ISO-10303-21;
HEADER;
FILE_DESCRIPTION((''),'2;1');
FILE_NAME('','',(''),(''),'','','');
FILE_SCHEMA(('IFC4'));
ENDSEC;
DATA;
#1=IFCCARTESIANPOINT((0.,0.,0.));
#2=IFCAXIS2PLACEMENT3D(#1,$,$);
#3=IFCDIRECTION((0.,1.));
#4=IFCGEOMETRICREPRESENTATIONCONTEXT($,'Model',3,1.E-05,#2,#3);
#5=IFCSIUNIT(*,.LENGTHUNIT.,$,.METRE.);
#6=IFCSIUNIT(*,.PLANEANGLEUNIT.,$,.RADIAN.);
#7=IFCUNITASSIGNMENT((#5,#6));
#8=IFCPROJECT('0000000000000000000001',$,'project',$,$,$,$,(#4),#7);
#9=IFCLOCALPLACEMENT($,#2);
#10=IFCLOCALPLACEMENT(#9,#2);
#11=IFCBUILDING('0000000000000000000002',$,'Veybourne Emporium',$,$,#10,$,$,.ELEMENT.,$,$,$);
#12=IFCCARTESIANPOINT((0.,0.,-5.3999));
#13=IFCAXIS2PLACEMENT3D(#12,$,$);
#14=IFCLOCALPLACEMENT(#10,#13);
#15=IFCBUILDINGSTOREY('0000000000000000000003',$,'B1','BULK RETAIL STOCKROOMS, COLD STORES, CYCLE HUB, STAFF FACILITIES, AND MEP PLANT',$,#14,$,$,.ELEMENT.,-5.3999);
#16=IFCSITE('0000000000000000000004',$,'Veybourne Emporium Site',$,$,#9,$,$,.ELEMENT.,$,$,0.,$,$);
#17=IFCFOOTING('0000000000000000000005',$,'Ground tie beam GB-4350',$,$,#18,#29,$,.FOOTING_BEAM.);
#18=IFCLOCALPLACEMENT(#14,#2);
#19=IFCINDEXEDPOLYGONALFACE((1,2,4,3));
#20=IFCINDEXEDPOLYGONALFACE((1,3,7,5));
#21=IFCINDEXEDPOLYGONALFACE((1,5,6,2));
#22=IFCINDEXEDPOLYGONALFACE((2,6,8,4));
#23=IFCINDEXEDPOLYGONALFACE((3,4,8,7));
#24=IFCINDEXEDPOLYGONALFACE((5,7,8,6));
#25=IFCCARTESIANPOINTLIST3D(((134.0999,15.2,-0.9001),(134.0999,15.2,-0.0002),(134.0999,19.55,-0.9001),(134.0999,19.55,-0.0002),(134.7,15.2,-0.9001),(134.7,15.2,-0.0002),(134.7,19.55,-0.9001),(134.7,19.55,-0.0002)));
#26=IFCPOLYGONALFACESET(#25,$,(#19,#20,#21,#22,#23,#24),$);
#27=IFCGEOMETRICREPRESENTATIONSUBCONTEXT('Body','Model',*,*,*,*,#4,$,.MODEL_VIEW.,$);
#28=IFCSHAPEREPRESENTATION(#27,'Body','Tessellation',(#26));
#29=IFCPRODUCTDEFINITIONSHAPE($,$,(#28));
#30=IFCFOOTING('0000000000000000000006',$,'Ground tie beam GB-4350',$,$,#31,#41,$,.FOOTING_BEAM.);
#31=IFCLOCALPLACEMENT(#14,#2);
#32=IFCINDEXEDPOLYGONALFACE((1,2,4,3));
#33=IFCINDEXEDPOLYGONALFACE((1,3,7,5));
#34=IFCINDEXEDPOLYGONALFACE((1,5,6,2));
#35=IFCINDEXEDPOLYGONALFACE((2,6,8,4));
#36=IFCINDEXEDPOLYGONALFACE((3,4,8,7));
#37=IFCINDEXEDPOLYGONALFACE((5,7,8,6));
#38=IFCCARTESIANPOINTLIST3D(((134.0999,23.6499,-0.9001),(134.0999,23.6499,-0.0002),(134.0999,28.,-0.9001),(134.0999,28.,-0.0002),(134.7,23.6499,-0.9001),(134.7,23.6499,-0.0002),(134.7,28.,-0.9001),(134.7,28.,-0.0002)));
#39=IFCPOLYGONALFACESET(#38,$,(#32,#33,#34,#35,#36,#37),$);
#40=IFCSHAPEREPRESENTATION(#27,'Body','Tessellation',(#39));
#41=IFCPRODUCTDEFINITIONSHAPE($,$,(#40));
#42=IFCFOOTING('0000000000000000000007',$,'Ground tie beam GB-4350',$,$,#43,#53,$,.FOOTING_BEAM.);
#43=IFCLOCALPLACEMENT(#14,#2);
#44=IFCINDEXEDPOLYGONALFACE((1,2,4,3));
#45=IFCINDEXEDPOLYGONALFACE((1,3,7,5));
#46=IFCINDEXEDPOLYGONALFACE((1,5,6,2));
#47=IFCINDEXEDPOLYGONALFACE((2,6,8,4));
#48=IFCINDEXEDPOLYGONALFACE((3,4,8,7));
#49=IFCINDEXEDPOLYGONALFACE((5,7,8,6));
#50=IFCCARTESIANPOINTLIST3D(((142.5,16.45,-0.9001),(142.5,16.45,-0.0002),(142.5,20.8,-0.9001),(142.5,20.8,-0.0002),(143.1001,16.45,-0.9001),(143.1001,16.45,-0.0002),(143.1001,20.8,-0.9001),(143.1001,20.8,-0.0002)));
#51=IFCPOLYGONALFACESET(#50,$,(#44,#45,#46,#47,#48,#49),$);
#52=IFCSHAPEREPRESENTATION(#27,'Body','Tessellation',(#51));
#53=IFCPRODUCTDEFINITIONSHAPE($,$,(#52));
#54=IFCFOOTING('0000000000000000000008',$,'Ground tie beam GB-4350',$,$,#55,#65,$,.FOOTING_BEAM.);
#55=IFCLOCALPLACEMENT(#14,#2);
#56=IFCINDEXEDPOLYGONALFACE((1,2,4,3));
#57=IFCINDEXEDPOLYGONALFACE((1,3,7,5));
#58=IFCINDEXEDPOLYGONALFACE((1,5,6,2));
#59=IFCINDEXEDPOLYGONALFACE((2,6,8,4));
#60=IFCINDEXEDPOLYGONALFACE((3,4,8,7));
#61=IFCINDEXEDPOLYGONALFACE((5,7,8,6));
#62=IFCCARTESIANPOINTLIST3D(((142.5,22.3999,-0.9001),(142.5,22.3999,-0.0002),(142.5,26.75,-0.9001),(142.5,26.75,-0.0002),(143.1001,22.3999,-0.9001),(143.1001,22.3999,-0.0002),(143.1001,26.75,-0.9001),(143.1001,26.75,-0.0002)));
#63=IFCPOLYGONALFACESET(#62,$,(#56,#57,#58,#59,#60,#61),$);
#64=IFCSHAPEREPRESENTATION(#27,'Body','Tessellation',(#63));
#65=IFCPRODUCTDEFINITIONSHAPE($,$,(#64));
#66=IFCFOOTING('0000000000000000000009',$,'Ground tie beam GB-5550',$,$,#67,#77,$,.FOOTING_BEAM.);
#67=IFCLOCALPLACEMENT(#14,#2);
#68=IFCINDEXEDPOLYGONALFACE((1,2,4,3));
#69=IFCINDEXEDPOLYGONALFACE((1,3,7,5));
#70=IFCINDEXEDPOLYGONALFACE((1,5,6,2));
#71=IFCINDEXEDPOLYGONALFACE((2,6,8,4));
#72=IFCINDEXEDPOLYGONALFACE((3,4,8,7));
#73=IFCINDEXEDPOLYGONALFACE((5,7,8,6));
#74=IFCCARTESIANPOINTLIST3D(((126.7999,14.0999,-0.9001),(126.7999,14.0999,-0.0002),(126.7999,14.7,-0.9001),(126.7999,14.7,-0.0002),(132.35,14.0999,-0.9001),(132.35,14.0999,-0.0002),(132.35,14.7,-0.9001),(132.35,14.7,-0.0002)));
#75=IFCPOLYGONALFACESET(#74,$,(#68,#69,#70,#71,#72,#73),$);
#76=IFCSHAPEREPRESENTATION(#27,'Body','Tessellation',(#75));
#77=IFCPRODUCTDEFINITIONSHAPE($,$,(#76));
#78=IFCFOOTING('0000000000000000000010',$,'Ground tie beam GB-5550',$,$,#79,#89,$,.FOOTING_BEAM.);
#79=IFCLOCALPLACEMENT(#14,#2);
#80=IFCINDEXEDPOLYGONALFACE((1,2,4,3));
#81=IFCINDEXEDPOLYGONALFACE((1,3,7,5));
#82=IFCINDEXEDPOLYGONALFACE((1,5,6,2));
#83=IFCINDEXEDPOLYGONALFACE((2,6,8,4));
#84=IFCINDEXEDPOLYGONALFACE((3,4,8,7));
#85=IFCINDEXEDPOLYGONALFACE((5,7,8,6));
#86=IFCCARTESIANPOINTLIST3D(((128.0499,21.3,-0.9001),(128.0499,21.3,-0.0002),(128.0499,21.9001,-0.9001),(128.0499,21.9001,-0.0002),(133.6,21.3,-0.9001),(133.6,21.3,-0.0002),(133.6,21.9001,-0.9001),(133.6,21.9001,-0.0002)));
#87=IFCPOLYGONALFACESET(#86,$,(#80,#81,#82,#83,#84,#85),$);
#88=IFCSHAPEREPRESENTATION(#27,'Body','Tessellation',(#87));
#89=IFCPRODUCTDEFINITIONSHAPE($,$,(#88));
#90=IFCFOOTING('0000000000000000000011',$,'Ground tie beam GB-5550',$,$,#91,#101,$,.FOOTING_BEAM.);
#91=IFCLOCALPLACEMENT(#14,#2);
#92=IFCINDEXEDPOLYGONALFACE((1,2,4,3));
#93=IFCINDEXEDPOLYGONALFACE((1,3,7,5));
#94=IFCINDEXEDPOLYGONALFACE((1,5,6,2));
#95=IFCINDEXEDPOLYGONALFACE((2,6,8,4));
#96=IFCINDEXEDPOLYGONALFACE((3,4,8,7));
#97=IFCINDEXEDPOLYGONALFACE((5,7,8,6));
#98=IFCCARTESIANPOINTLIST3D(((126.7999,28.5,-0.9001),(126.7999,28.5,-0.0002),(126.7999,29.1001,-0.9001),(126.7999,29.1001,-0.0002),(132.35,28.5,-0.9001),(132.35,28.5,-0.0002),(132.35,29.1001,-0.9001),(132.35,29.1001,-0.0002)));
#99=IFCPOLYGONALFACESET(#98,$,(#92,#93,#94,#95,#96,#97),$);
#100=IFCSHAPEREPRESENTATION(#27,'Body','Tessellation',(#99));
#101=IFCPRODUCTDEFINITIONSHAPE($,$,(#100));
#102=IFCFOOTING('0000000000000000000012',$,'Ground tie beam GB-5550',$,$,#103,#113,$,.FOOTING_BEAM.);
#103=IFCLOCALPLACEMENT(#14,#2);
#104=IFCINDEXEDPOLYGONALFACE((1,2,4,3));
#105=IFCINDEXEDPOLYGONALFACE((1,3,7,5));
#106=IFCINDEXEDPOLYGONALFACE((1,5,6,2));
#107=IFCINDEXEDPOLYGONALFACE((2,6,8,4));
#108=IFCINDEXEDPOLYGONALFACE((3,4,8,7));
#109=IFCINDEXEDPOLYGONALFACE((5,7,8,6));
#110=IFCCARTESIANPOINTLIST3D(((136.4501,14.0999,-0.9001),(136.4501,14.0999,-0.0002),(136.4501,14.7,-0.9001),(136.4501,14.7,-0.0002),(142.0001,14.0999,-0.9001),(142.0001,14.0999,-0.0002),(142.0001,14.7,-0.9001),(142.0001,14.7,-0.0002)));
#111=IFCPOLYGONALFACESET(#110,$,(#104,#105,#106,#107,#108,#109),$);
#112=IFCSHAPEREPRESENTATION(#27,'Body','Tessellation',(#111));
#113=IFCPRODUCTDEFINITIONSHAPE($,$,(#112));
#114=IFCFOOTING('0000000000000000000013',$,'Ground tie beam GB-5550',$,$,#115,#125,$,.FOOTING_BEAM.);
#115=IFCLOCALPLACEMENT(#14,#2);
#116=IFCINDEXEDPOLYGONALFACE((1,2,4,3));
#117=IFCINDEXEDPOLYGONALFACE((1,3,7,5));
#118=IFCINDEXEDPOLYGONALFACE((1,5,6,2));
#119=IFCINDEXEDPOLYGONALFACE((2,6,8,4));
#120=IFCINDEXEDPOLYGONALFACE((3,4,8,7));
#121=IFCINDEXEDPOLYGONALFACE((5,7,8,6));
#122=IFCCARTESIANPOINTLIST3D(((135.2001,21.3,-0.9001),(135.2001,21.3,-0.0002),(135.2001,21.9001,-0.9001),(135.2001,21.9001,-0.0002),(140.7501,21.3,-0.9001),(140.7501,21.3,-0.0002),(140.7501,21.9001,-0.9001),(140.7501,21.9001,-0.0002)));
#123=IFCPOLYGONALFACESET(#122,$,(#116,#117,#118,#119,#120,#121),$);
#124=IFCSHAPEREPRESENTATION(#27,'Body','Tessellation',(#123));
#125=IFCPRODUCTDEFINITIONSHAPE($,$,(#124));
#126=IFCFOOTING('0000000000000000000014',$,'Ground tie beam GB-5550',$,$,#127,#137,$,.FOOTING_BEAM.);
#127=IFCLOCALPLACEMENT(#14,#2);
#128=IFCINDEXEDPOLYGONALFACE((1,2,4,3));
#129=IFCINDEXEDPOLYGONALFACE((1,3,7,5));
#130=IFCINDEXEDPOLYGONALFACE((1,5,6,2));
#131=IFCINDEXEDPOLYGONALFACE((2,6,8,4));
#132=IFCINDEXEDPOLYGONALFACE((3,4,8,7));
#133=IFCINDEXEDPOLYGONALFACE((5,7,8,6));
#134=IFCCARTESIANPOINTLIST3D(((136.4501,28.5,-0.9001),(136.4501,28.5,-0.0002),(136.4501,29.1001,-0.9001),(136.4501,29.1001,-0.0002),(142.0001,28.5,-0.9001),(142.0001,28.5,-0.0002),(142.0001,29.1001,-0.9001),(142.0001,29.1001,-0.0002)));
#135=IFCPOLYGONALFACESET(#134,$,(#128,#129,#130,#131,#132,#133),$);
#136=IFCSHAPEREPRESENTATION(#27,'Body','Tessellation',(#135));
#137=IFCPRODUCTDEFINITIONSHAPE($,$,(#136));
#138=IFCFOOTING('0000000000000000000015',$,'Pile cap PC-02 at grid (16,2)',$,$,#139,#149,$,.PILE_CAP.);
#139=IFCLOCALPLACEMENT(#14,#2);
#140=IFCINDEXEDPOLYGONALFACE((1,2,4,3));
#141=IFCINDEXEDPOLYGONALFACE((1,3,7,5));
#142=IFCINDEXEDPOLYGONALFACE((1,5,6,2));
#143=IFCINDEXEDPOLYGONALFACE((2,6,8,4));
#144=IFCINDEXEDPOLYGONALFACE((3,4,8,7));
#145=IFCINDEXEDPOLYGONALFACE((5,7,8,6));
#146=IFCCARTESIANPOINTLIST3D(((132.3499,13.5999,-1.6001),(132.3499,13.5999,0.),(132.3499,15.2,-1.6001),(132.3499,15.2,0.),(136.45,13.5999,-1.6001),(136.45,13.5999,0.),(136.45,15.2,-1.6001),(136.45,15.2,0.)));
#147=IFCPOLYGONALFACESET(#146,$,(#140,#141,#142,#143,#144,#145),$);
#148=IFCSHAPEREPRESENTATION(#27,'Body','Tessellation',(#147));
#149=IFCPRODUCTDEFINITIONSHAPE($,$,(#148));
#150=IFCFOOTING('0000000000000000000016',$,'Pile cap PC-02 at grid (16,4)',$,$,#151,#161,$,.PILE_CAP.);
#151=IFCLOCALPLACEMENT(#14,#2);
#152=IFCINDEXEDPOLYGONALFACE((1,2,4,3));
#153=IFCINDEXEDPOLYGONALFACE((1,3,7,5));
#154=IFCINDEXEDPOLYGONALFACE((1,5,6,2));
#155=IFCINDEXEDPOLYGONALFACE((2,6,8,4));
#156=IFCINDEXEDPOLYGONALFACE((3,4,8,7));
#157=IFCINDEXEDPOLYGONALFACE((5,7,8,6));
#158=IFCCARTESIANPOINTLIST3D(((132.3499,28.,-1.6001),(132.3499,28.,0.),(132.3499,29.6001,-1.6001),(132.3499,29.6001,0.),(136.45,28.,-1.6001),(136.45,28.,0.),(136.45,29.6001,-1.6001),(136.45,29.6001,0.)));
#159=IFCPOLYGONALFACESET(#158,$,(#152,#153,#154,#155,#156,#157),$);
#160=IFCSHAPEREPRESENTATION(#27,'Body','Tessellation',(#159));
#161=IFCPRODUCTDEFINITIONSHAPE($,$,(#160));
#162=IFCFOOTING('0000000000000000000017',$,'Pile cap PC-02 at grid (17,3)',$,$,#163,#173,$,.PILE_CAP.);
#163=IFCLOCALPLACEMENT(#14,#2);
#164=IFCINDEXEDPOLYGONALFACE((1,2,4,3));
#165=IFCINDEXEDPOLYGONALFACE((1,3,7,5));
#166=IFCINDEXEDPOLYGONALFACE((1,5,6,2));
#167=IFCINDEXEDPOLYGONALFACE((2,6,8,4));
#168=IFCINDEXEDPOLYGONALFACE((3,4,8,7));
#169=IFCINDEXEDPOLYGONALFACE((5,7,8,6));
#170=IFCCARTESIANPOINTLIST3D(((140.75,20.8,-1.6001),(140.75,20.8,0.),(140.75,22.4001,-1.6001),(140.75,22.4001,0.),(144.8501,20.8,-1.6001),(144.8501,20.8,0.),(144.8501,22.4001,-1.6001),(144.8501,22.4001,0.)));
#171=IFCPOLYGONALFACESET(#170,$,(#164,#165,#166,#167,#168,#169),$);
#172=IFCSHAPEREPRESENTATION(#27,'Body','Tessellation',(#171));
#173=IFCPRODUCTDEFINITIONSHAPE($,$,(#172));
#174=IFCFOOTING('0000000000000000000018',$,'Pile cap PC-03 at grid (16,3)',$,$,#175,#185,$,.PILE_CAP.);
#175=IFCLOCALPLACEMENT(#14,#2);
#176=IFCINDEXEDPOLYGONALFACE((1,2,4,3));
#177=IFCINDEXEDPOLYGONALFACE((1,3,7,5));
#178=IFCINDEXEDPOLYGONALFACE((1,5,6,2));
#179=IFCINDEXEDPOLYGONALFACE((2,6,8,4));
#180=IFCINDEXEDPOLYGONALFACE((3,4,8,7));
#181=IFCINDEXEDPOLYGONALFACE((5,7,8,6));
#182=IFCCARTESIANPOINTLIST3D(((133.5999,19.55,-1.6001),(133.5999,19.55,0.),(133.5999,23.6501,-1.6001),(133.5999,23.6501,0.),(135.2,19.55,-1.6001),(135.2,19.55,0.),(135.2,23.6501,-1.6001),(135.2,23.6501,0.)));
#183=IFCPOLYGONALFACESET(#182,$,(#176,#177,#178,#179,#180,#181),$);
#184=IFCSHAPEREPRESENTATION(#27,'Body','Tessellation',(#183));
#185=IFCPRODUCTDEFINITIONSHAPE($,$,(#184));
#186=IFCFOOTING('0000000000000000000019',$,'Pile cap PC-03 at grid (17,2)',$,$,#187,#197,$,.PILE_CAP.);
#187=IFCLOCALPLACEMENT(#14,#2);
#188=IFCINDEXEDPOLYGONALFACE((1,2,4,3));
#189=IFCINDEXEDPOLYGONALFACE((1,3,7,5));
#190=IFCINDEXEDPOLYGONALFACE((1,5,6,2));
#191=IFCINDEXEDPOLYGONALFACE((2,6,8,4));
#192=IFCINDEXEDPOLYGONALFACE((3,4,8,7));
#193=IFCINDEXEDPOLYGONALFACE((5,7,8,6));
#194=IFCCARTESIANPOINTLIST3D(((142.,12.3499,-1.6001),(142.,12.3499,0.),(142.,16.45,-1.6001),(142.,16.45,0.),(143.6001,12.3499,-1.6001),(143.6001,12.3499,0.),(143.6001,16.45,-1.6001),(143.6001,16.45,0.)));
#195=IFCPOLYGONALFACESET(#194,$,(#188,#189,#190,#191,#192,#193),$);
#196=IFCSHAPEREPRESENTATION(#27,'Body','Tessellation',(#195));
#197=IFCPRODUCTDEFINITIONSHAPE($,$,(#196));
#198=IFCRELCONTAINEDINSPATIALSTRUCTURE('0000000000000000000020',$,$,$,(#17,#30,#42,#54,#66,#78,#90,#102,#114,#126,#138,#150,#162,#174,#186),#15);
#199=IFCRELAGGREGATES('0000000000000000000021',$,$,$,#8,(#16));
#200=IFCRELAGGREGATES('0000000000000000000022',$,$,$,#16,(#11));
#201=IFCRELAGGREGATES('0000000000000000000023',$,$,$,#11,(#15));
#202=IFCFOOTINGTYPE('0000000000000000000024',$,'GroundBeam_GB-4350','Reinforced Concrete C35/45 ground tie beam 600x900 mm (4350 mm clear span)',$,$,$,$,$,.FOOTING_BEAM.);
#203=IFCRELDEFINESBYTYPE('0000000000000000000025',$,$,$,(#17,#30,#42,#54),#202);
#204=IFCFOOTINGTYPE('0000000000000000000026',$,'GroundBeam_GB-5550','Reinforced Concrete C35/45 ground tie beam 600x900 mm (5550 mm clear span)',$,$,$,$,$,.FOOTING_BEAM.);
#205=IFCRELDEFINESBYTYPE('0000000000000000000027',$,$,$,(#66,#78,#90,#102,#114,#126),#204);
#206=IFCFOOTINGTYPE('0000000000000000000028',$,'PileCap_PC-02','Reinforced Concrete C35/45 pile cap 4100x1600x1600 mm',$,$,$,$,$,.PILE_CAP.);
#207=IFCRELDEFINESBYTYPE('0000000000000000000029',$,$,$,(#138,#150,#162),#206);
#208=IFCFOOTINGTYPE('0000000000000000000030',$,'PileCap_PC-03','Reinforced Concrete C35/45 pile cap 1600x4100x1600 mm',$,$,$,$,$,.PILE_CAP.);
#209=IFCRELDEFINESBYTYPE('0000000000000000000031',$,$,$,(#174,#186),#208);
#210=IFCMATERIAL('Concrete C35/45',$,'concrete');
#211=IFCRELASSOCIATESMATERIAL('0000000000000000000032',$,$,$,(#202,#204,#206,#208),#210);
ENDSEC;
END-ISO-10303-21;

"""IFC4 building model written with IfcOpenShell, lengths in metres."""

from ifc_helpers import new_model, si_unit, direction, frame, origin, origin_2d, place, context, subcontext, project, spatial, rectangle, extrude, material, type_object, element, save


model = new_model("IFC4")

# Units and contexts
model_context = context("Model", 3, precision=1e-05, world=origin(), true_north=direction((0.0, 1.0)))
body_context = subcontext(model_context, "Body", "Model", "MODEL_VIEW")
ifc_project = project(units=[si_unit("LENGTHUNIT", "METRE"), si_unit("PLANEANGLEUNIT", "RADIAN")], contexts=[model_context])

# Site, building, storey
site_placement = place(None, origin())
site = spatial("IfcSite", under=ifc_project, at=site_placement, Name="Veybourne Emporium Site", CompositionType="ELEMENT", RefElevation=0.0)
building_placement = place(site_placement, origin())
building = spatial("IfcBuilding", under=site, at=building_placement, Name="Veybourne Emporium", CompositionType="ELEMENT")
storey_placement = place(building_placement, frame((0.0, 0.0, -5.3999)))
storey = spatial("IfcBuildingStorey", under=building, at=storey_placement, Name="B1", Description="BULK RETAIL STOCKROOMS, COLD STORES, CYCLE HUB, STAFF FACILITIES, AND MEP PLANT", CompositionType="ELEMENT", Elevation=-5.3999)

# Footings
ifc_material_1 = material(Name="Concrete C35/45", Category="concrete")
footing_type_1 = type_object("IfcFootingType", Name="GroundBeam_GB-4350", Description="Reinforced Concrete C35/45 ground tie beam 600x900 mm (4350 mm clear span)", PredefinedType="FOOTING_BEAM", material=ifc_material_1)
for number, where, z_axis, x_axis, name in (
    (1, (134.3999, 17.375, -0.9001), (0.0, 0.0, 1.0), (0.0, 1.0, 0.0), "Ground tie beam GB-4350"),
    (2, (134.3999, 25.825, -0.9001), (0.0, 0.0, 1.0), (0.0, 1.0, 0.0), "Ground tie beam GB-4350"),
    (3, (142.8, 18.625, -0.9001), (0.0, 0.0, 1.0), (0.0, 1.0, 0.0), "Ground tie beam GB-4350"),
    (4, (142.8, 24.575, -0.9001), (0.0, 0.0, 1.0), (0.0, 1.0, 0.0), "Ground tie beam GB-4350"),
):
    element("IfcFooting", number, at=place(storey_placement, frame(where, z_axis=z_axis, x_axis=x_axis)), inside=storey, type_object=footing_type_1, Name=name, PredefinedType="FOOTING_BEAM", context=body_context, shape_type="SweptSolid", body=[
        extrude(rectangle(XDim=4.3501, YDim=0.6001, at=origin_2d()), origin(), (0.0, 0.0, 1.0), 0.8999),
    ])
footing_type_2 = type_object("IfcFootingType", Name="GroundBeam_GB-5550", Description="Reinforced Concrete C35/45 ground tie beam 600x900 mm (5550 mm clear span)", PredefinedType="FOOTING_BEAM", material=ifc_material_1)
for number, where, z_axis, x_axis, name in (
    (5, (129.575, 14.3999, -0.9001), (0.0, 0.0, 1.0), (1.0, 0.0, 0.0), "Ground tie beam GB-5550"),
    (6, (130.825, 21.6001, -0.9001), (0.0, 0.0, 1.0), (1.0, 0.0, 0.0), "Ground tie beam GB-5550"),
    (7, (129.575, 28.8, -0.9001), (0.0, 0.0, 1.0), (1.0, 0.0, 0.0), "Ground tie beam GB-5550"),
    (8, (139.2251, 14.3999, -0.9001), (0.0, 0.0, 1.0), (1.0, 0.0, 0.0), "Ground tie beam GB-5550"),
    (9, (137.9751, 21.6001, -0.9001), (0.0, 0.0, 1.0), (1.0, 0.0, 0.0), "Ground tie beam GB-5550"),
    (10, (139.2251, 28.8, -0.9001), (0.0, 0.0, 1.0), (1.0, 0.0, 0.0), "Ground tie beam GB-5550"),
):
    element("IfcFooting", number, at=place(storey_placement, frame(where, z_axis=z_axis, x_axis=x_axis)), inside=storey, type_object=footing_type_2, Name=name, PredefinedType="FOOTING_BEAM", context=body_context, shape_type="SweptSolid", body=[
        extrude(rectangle(XDim=5.55, YDim=0.6001, at=origin_2d()), origin(), (0.0, 0.0, 1.0), 0.8999),
    ])
footing_type_3 = type_object("IfcFootingType", Name="PileCap_PC-02", Description="Reinforced Concrete C35/45 pile cap 4100x1600x1600 mm", PredefinedType="PILE_CAP", material=ifc_material_1)
for number, where, z_axis, x_axis, name in (
    (11, (134.3999, 14.3999, -1.6001), (0.0, 0.0, 1.0), (1.0, 0.0, 0.0), "Pile cap PC-02 at grid (16,2)"),
    (12, (134.3999, 28.8, -1.6001), (0.0, 0.0, 1.0), (1.0, 0.0, 0.0), "Pile cap PC-02 at grid (16,4)"),
    (13, (142.8, 21.6001, -1.6001), (0.0, 0.0, 1.0), (1.0, 0.0, 0.0), "Pile cap PC-02 at grid (17,3)"),
):
    element("IfcFooting", number, at=place(storey_placement, frame(where, z_axis=z_axis, x_axis=x_axis)), inside=storey, type_object=footing_type_3, Name=name, PredefinedType="PILE_CAP", context=body_context, shape_type="SweptSolid", body=[
        extrude(rectangle(XDim=4.1001, YDim=1.6001, at=origin_2d()), origin(), (0.0, 0.0, 1.0), 1.6001),
    ])
footing_type_4 = type_object("IfcFootingType", Name="PileCap_PC-03", Description="Reinforced Concrete C35/45 pile cap 1600x4100x1600 mm", PredefinedType="PILE_CAP", material=ifc_material_1)
for number, where, z_axis, x_axis, name in (
    (14, (134.3999, 21.6001, -1.6001), (0.0, 0.0, 1.0), (1.0, 0.0, 0.0), "Pile cap PC-03 at grid (16,3)"),
    (15, (142.8, 14.3999, -1.6001), (0.0, 0.0, 1.0), (1.0, 0.0, 0.0), "Pile cap PC-03 at grid (17,2)"),
):
    element("IfcFooting", number, at=place(storey_placement, frame(where, z_axis=z_axis, x_axis=x_axis)), inside=storey, type_object=footing_type_4, Name=name, PredefinedType="PILE_CAP", context=body_context, shape_type="SweptSolid", body=[
        extrude(rectangle(XDim=1.6001, YDim=4.1001, at=origin_2d()), origin(), (0.0, 0.0, 1.0), 1.6001),
    ])

save(model, "model.ifc")
